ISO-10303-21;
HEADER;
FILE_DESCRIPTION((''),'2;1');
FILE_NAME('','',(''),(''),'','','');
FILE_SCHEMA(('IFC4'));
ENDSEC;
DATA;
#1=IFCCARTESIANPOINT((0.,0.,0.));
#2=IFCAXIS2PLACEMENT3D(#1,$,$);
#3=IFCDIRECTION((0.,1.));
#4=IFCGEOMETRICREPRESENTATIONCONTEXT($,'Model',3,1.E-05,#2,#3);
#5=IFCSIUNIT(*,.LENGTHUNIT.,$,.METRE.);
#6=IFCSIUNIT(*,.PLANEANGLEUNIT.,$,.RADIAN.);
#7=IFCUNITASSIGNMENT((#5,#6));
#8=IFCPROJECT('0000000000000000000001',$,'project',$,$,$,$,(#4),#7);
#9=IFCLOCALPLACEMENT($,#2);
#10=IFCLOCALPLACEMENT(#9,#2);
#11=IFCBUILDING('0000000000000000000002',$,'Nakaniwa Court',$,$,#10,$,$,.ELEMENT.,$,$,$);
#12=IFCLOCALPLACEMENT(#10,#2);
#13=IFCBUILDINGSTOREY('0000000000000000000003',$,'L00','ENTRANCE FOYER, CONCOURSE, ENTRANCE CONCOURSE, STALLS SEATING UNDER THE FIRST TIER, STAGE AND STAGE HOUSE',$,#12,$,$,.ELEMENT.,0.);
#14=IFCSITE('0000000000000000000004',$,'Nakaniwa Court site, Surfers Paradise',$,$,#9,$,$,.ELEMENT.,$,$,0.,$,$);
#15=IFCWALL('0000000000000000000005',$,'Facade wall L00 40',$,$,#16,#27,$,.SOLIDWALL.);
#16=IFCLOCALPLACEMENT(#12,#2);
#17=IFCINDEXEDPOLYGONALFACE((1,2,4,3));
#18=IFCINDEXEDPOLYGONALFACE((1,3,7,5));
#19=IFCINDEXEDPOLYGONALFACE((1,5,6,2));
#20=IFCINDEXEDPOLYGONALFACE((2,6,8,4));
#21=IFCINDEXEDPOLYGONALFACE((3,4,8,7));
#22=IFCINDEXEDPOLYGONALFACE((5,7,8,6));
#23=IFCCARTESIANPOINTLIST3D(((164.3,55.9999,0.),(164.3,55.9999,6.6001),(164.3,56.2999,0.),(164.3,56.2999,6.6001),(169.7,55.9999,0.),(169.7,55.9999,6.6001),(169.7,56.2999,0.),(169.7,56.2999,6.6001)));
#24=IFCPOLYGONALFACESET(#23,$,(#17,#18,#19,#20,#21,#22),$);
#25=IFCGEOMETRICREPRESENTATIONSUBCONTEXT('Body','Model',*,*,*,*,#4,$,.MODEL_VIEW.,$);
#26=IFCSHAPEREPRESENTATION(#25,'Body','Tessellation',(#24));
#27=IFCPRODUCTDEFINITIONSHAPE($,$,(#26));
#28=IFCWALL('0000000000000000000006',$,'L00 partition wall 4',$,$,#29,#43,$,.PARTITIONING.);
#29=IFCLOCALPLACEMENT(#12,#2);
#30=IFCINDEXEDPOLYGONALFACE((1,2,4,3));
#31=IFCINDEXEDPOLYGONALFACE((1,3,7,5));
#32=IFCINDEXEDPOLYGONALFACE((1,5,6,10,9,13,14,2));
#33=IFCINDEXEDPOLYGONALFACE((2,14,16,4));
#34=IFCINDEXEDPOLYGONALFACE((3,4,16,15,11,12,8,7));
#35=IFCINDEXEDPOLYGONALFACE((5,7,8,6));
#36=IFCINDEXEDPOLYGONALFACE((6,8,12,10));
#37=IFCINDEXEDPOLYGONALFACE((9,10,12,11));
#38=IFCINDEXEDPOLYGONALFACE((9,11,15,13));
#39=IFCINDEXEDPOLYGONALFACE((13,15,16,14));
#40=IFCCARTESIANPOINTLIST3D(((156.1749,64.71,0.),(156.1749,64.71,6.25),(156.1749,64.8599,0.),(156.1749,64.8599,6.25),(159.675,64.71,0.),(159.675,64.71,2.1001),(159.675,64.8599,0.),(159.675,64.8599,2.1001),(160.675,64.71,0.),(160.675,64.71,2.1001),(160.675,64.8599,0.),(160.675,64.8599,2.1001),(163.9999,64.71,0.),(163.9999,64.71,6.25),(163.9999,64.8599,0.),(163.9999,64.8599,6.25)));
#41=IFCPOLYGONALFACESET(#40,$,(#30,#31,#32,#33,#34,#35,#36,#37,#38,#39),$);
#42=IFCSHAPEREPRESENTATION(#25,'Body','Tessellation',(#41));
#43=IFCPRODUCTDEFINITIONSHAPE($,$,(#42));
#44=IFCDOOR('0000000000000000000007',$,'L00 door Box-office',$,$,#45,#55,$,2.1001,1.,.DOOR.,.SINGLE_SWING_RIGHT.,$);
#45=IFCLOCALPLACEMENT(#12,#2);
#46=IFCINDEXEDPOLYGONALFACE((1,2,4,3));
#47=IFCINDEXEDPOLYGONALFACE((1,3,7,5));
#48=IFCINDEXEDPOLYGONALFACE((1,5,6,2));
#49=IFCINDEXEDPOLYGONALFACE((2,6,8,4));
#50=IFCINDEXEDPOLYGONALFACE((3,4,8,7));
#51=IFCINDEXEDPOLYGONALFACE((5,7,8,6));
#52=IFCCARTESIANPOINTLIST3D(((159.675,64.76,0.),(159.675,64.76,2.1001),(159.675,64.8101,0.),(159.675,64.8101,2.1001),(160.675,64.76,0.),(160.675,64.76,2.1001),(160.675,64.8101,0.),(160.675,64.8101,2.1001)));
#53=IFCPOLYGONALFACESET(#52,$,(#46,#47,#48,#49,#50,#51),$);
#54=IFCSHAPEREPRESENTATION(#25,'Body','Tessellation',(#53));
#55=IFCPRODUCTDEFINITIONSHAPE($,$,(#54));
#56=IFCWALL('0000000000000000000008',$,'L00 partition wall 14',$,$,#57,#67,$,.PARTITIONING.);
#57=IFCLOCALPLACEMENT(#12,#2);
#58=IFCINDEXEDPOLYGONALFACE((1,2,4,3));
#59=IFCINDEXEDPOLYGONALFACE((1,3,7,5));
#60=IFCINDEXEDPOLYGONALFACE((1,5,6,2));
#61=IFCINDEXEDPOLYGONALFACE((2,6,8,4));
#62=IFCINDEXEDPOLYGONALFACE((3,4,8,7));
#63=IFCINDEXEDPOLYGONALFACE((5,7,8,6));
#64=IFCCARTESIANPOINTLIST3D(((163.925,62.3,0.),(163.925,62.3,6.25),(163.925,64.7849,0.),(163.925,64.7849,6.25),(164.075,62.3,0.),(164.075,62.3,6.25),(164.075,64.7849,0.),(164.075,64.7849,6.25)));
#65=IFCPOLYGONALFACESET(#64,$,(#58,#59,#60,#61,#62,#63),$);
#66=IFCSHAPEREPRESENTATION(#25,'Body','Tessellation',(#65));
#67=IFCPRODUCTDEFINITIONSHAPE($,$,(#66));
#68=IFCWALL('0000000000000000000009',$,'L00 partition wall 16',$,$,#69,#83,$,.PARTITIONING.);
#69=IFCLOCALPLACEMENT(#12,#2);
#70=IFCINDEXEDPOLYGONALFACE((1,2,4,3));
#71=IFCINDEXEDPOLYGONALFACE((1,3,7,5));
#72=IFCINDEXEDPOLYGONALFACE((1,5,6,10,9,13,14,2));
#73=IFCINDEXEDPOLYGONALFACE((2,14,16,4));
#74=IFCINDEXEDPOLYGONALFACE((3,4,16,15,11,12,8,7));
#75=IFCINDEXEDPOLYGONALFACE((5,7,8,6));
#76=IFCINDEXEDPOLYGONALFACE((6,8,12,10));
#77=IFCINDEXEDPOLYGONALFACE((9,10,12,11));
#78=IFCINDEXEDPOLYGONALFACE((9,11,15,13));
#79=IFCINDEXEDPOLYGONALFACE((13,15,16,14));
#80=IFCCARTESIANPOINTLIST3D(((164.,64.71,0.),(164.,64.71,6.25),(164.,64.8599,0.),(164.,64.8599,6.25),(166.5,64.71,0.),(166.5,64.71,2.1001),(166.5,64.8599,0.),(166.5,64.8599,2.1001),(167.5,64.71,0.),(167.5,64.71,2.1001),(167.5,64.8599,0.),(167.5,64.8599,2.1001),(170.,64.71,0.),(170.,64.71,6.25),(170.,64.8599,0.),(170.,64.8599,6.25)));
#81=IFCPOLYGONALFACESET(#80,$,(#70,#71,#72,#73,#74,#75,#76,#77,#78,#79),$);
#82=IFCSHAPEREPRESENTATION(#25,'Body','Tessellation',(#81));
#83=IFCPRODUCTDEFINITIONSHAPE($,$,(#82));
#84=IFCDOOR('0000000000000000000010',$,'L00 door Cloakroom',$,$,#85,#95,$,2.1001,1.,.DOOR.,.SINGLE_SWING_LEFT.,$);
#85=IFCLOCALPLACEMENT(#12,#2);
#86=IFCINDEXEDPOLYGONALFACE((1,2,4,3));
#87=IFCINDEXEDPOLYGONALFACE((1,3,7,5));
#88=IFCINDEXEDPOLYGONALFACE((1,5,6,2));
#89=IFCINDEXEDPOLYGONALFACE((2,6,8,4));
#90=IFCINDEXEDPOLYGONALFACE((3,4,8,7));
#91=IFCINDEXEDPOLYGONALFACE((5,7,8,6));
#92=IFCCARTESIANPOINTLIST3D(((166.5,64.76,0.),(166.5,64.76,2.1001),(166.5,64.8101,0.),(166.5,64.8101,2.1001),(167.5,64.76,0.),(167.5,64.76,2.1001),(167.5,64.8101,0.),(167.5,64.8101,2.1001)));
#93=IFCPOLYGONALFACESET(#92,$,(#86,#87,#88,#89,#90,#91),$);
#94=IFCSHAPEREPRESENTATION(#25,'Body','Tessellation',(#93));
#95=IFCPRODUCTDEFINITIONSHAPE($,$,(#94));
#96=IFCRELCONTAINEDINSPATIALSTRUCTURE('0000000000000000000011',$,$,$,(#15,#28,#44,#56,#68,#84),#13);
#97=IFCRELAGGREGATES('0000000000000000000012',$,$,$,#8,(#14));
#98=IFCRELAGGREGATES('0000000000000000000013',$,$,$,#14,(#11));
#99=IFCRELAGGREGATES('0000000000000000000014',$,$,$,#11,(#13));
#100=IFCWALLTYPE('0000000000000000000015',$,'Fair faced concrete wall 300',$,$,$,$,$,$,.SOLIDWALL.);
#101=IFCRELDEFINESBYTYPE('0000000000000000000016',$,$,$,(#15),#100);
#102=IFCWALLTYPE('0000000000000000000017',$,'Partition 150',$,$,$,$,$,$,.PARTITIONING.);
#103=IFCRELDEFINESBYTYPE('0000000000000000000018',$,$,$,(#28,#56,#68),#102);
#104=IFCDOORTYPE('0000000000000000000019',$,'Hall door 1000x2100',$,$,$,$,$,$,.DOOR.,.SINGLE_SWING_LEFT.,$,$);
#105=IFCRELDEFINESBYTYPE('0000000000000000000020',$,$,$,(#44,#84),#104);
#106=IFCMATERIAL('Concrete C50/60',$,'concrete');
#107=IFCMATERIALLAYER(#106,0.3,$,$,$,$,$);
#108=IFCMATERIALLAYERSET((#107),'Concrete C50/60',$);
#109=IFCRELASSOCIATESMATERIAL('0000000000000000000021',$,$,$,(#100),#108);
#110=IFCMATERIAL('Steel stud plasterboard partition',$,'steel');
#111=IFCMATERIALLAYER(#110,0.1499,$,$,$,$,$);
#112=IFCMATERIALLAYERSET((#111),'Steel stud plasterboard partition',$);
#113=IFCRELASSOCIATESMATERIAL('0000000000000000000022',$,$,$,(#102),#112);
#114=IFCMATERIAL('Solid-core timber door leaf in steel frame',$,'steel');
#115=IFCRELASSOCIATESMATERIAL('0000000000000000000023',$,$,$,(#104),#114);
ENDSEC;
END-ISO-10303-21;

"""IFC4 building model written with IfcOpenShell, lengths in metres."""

from ifc_helpers import new_model, si_unit, direction, frame, frame_2d, origin, place, context, subcontext, project, spatial, rectangle, extrude, material, layer, layer_set, type_object, element, fill, save


model = new_model("IFC4")

# Units and contexts
model_context = context("Model", 3, precision=1e-05, world=origin(), true_north=direction((0.0, 1.0)))
body_context = subcontext(model_context, "Body", "Model", "MODEL_VIEW")
ifc_project = project(units=[si_unit("LENGTHUNIT", "METRE"), si_unit("PLANEANGLEUNIT", "RADIAN")], contexts=[model_context])

# Site, building, storey
site_placement = place(None, origin())
site = spatial("IfcSite", under=ifc_project, at=site_placement, Name="Nakaniwa Court site, Surfers Paradise", CompositionType="ELEMENT", RefElevation=0.0)
building_placement = place(site_placement, origin())
building = spatial("IfcBuilding", under=site, at=building_placement, Name="Nakaniwa Court", CompositionType="ELEMENT")
storey_placement = place(building_placement, origin())
storey = spatial("IfcBuildingStorey", under=building, at=storey_placement, Name="L00", Description="ENTRANCE FOYER, CONCOURSE, ENTRANCE CONCOURSE, STALLS SEATING UNDER THE FIRST TIER, STAGE AND STAGE HOUSE", CompositionType="ELEMENT", Elevation=0.0)

# Shared definitions
ifc_material_1 = material(Name="Concrete C50/60", Category="concrete")

# Shared definitions
ifc_layer_1 = layer(ifc_material_1, 0.3)
ifc_layer_set_1 = layer_set([ifc_layer_1], Name="Concrete C50/60")
wall_type_1 = type_object("IfcWallType", Name="Fair faced concrete wall 300", PredefinedType="SOLIDWALL", material=ifc_layer_set_1)

# Wall
wall_1_placement = place(storey_placement, frame((169.7, 56.1499, 0.0), z_axis=(0.0, 0.0, 1.0), x_axis=(-1.0, 0.0, 0.0)))
element("IfcWall", 1, at=wall_1_placement, inside=storey, type_object=wall_type_1, Name="Facade wall L00 40", PredefinedType="SOLIDWALL", context=body_context, shape_type="SweptSolid", body=[
    extrude(rectangle(XDim=5.3999, YDim=0.3, at=frame_2d((2.7, 0.0))), origin(), (0.0, 0.0, 1.0), 6.6001),
])

# Wall, opening, door
ifc_material_2 = material(Name="Steel stud plasterboard partition", Category="steel")
ifc_layer_2 = layer(ifc_material_2, 0.1499)
ifc_layer_set_2 = layer_set([ifc_layer_2], Name="Steel stud plasterboard partition")
wall_type_2 = type_object("IfcWallType", Name="Partition 150", PredefinedType="PARTITIONING", material=ifc_layer_set_2)
wall_2_placement = place(storey_placement, frame((164.0, 64.7849, 0.0), z_axis=(0.0, 0.0, 1.0), x_axis=(-1.0, 0.0, 0.0)))
wall_2 = element("IfcWall", 2, at=wall_2_placement, inside=storey, type_object=wall_type_2, Name="L00 partition wall 4", PredefinedType="PARTITIONING", context=body_context, shape_type="SweptSolid", body=[
    extrude(rectangle(XDim=7.825, YDim=0.1499, at=frame_2d((3.9126, 0.0))), origin(), (0.0, 0.0, 1.0), 6.25),
])
opening_1_placement = place(wall_2_placement, frame((3.325, 0.0, 0.0)))
opening_1 = element("IfcOpeningElement", 3, at=opening_1_placement, cuts=wall_2, PredefinedType="OPENING", context=body_context, shape_type="SweptSolid", body=[
    extrude(rectangle(XDim=1.0, YDim=2.1001, at=frame_2d((0.5, 1.05))), frame((0.0, 0.085, 0.0), z_axis=(0.0, -1.0, 0.0), x_axis=(1.0, 0.0, 0.0)), (0.0, 0.0, 1.0), 0.1699),
])
ifc_material_3 = material(Name="Solid-core timber door leaf in steel frame", Category="steel")
door_type_1 = type_object("IfcDoorType", Name="Hall door 1000x2100", OperationType="SINGLE_SWING_LEFT", PredefinedType="DOOR", material=ifc_material_3)
door_1_placement = place(opening_1_placement, origin())
door_1 = element("IfcDoor", 4, at=door_1_placement, inside=storey, type_object=door_type_1, Name="L00 door Box-office", OperationType="SINGLE_SWING_RIGHT", OverallHeight=2.1001, OverallWidth=1.0, PredefinedType="DOOR", context=body_context, shape_type="SweptSolid", body=[
    extrude(rectangle(XDim=1.0, YDim=2.1001, at=frame_2d((0.5, 1.05))), frame((0.0, 0.0249, 0.0), z_axis=(0.0, -1.0, 0.0), x_axis=(1.0, 0.0, 0.0)), (0.0, 0.0, 1.0), 0.05),
])
fill(opening_1, door_1)

# Wall
wall_3_placement = place(storey_placement, frame((164.0, 64.7849, 0.0), z_axis=(0.0, 0.0, 1.0), x_axis=(0.0, -1.0, 0.0)))
element("IfcWall", 5, at=wall_3_placement, inside=storey, type_object=wall_type_2, Name="L00 partition wall 14", PredefinedType="PARTITIONING", context=body_context, shape_type="SweptSolid", body=[
    extrude(rectangle(XDim=2.4849, YDim=0.1499, at=frame_2d((1.2424, 0.0))), origin(), (0.0, 0.0, 1.0), 6.25),
])

# Wall, opening, door
wall_4_placement = place(storey_placement, frame((170.0, 64.7849, 0.0), z_axis=(0.0, 0.0, 1.0), x_axis=(-1.0, 0.0, 0.0)))
wall_4 = element("IfcWall", 6, at=wall_4_placement, inside=storey, type_object=wall_type_2, Name="L00 partition wall 16", PredefinedType="PARTITIONING", context=body_context, shape_type="SweptSolid", body=[
    extrude(rectangle(XDim=6.0, YDim=0.1499, at=frame_2d((3.0, 0.0))), origin(), (0.0, 0.0, 1.0), 6.25),
])
opening_2_placement = place(wall_4_placement, frame((2.5, 0.0, 0.0)))
opening_2 = element("IfcOpeningElement", 7, at=opening_2_placement, cuts=wall_4, PredefinedType="OPENING", context=body_context, shape_type="SweptSolid", body=[
    extrude(rectangle(XDim=1.0, YDim=2.1001, at=frame_2d((0.5, 1.05))), frame((0.0, 0.085, 0.0), z_axis=(0.0, -1.0, 0.0), x_axis=(1.0, 0.0, 0.0)), (0.0, 0.0, 1.0), 0.1699),
])
door_2_placement = place(opening_2_placement, origin())
door_2 = element("IfcDoor", 8, at=door_2_placement, inside=storey, type_object=door_type_1, Name="L00 door Cloakroom", OperationType="SINGLE_SWING_LEFT", OverallHeight=2.1001, OverallWidth=1.0, PredefinedType="DOOR", context=body_context, shape_type="SweptSolid", body=[
    extrude(rectangle(XDim=1.0, YDim=2.1001, at=frame_2d((0.5, 1.05))), frame((0.0, 0.0249, 0.0), z_axis=(0.0, -1.0, 0.0), x_axis=(1.0, 0.0, 0.0)), (0.0, 0.0, 1.0), 0.05),
])
fill(opening_2, door_2)

save(model, "model.ifc")
